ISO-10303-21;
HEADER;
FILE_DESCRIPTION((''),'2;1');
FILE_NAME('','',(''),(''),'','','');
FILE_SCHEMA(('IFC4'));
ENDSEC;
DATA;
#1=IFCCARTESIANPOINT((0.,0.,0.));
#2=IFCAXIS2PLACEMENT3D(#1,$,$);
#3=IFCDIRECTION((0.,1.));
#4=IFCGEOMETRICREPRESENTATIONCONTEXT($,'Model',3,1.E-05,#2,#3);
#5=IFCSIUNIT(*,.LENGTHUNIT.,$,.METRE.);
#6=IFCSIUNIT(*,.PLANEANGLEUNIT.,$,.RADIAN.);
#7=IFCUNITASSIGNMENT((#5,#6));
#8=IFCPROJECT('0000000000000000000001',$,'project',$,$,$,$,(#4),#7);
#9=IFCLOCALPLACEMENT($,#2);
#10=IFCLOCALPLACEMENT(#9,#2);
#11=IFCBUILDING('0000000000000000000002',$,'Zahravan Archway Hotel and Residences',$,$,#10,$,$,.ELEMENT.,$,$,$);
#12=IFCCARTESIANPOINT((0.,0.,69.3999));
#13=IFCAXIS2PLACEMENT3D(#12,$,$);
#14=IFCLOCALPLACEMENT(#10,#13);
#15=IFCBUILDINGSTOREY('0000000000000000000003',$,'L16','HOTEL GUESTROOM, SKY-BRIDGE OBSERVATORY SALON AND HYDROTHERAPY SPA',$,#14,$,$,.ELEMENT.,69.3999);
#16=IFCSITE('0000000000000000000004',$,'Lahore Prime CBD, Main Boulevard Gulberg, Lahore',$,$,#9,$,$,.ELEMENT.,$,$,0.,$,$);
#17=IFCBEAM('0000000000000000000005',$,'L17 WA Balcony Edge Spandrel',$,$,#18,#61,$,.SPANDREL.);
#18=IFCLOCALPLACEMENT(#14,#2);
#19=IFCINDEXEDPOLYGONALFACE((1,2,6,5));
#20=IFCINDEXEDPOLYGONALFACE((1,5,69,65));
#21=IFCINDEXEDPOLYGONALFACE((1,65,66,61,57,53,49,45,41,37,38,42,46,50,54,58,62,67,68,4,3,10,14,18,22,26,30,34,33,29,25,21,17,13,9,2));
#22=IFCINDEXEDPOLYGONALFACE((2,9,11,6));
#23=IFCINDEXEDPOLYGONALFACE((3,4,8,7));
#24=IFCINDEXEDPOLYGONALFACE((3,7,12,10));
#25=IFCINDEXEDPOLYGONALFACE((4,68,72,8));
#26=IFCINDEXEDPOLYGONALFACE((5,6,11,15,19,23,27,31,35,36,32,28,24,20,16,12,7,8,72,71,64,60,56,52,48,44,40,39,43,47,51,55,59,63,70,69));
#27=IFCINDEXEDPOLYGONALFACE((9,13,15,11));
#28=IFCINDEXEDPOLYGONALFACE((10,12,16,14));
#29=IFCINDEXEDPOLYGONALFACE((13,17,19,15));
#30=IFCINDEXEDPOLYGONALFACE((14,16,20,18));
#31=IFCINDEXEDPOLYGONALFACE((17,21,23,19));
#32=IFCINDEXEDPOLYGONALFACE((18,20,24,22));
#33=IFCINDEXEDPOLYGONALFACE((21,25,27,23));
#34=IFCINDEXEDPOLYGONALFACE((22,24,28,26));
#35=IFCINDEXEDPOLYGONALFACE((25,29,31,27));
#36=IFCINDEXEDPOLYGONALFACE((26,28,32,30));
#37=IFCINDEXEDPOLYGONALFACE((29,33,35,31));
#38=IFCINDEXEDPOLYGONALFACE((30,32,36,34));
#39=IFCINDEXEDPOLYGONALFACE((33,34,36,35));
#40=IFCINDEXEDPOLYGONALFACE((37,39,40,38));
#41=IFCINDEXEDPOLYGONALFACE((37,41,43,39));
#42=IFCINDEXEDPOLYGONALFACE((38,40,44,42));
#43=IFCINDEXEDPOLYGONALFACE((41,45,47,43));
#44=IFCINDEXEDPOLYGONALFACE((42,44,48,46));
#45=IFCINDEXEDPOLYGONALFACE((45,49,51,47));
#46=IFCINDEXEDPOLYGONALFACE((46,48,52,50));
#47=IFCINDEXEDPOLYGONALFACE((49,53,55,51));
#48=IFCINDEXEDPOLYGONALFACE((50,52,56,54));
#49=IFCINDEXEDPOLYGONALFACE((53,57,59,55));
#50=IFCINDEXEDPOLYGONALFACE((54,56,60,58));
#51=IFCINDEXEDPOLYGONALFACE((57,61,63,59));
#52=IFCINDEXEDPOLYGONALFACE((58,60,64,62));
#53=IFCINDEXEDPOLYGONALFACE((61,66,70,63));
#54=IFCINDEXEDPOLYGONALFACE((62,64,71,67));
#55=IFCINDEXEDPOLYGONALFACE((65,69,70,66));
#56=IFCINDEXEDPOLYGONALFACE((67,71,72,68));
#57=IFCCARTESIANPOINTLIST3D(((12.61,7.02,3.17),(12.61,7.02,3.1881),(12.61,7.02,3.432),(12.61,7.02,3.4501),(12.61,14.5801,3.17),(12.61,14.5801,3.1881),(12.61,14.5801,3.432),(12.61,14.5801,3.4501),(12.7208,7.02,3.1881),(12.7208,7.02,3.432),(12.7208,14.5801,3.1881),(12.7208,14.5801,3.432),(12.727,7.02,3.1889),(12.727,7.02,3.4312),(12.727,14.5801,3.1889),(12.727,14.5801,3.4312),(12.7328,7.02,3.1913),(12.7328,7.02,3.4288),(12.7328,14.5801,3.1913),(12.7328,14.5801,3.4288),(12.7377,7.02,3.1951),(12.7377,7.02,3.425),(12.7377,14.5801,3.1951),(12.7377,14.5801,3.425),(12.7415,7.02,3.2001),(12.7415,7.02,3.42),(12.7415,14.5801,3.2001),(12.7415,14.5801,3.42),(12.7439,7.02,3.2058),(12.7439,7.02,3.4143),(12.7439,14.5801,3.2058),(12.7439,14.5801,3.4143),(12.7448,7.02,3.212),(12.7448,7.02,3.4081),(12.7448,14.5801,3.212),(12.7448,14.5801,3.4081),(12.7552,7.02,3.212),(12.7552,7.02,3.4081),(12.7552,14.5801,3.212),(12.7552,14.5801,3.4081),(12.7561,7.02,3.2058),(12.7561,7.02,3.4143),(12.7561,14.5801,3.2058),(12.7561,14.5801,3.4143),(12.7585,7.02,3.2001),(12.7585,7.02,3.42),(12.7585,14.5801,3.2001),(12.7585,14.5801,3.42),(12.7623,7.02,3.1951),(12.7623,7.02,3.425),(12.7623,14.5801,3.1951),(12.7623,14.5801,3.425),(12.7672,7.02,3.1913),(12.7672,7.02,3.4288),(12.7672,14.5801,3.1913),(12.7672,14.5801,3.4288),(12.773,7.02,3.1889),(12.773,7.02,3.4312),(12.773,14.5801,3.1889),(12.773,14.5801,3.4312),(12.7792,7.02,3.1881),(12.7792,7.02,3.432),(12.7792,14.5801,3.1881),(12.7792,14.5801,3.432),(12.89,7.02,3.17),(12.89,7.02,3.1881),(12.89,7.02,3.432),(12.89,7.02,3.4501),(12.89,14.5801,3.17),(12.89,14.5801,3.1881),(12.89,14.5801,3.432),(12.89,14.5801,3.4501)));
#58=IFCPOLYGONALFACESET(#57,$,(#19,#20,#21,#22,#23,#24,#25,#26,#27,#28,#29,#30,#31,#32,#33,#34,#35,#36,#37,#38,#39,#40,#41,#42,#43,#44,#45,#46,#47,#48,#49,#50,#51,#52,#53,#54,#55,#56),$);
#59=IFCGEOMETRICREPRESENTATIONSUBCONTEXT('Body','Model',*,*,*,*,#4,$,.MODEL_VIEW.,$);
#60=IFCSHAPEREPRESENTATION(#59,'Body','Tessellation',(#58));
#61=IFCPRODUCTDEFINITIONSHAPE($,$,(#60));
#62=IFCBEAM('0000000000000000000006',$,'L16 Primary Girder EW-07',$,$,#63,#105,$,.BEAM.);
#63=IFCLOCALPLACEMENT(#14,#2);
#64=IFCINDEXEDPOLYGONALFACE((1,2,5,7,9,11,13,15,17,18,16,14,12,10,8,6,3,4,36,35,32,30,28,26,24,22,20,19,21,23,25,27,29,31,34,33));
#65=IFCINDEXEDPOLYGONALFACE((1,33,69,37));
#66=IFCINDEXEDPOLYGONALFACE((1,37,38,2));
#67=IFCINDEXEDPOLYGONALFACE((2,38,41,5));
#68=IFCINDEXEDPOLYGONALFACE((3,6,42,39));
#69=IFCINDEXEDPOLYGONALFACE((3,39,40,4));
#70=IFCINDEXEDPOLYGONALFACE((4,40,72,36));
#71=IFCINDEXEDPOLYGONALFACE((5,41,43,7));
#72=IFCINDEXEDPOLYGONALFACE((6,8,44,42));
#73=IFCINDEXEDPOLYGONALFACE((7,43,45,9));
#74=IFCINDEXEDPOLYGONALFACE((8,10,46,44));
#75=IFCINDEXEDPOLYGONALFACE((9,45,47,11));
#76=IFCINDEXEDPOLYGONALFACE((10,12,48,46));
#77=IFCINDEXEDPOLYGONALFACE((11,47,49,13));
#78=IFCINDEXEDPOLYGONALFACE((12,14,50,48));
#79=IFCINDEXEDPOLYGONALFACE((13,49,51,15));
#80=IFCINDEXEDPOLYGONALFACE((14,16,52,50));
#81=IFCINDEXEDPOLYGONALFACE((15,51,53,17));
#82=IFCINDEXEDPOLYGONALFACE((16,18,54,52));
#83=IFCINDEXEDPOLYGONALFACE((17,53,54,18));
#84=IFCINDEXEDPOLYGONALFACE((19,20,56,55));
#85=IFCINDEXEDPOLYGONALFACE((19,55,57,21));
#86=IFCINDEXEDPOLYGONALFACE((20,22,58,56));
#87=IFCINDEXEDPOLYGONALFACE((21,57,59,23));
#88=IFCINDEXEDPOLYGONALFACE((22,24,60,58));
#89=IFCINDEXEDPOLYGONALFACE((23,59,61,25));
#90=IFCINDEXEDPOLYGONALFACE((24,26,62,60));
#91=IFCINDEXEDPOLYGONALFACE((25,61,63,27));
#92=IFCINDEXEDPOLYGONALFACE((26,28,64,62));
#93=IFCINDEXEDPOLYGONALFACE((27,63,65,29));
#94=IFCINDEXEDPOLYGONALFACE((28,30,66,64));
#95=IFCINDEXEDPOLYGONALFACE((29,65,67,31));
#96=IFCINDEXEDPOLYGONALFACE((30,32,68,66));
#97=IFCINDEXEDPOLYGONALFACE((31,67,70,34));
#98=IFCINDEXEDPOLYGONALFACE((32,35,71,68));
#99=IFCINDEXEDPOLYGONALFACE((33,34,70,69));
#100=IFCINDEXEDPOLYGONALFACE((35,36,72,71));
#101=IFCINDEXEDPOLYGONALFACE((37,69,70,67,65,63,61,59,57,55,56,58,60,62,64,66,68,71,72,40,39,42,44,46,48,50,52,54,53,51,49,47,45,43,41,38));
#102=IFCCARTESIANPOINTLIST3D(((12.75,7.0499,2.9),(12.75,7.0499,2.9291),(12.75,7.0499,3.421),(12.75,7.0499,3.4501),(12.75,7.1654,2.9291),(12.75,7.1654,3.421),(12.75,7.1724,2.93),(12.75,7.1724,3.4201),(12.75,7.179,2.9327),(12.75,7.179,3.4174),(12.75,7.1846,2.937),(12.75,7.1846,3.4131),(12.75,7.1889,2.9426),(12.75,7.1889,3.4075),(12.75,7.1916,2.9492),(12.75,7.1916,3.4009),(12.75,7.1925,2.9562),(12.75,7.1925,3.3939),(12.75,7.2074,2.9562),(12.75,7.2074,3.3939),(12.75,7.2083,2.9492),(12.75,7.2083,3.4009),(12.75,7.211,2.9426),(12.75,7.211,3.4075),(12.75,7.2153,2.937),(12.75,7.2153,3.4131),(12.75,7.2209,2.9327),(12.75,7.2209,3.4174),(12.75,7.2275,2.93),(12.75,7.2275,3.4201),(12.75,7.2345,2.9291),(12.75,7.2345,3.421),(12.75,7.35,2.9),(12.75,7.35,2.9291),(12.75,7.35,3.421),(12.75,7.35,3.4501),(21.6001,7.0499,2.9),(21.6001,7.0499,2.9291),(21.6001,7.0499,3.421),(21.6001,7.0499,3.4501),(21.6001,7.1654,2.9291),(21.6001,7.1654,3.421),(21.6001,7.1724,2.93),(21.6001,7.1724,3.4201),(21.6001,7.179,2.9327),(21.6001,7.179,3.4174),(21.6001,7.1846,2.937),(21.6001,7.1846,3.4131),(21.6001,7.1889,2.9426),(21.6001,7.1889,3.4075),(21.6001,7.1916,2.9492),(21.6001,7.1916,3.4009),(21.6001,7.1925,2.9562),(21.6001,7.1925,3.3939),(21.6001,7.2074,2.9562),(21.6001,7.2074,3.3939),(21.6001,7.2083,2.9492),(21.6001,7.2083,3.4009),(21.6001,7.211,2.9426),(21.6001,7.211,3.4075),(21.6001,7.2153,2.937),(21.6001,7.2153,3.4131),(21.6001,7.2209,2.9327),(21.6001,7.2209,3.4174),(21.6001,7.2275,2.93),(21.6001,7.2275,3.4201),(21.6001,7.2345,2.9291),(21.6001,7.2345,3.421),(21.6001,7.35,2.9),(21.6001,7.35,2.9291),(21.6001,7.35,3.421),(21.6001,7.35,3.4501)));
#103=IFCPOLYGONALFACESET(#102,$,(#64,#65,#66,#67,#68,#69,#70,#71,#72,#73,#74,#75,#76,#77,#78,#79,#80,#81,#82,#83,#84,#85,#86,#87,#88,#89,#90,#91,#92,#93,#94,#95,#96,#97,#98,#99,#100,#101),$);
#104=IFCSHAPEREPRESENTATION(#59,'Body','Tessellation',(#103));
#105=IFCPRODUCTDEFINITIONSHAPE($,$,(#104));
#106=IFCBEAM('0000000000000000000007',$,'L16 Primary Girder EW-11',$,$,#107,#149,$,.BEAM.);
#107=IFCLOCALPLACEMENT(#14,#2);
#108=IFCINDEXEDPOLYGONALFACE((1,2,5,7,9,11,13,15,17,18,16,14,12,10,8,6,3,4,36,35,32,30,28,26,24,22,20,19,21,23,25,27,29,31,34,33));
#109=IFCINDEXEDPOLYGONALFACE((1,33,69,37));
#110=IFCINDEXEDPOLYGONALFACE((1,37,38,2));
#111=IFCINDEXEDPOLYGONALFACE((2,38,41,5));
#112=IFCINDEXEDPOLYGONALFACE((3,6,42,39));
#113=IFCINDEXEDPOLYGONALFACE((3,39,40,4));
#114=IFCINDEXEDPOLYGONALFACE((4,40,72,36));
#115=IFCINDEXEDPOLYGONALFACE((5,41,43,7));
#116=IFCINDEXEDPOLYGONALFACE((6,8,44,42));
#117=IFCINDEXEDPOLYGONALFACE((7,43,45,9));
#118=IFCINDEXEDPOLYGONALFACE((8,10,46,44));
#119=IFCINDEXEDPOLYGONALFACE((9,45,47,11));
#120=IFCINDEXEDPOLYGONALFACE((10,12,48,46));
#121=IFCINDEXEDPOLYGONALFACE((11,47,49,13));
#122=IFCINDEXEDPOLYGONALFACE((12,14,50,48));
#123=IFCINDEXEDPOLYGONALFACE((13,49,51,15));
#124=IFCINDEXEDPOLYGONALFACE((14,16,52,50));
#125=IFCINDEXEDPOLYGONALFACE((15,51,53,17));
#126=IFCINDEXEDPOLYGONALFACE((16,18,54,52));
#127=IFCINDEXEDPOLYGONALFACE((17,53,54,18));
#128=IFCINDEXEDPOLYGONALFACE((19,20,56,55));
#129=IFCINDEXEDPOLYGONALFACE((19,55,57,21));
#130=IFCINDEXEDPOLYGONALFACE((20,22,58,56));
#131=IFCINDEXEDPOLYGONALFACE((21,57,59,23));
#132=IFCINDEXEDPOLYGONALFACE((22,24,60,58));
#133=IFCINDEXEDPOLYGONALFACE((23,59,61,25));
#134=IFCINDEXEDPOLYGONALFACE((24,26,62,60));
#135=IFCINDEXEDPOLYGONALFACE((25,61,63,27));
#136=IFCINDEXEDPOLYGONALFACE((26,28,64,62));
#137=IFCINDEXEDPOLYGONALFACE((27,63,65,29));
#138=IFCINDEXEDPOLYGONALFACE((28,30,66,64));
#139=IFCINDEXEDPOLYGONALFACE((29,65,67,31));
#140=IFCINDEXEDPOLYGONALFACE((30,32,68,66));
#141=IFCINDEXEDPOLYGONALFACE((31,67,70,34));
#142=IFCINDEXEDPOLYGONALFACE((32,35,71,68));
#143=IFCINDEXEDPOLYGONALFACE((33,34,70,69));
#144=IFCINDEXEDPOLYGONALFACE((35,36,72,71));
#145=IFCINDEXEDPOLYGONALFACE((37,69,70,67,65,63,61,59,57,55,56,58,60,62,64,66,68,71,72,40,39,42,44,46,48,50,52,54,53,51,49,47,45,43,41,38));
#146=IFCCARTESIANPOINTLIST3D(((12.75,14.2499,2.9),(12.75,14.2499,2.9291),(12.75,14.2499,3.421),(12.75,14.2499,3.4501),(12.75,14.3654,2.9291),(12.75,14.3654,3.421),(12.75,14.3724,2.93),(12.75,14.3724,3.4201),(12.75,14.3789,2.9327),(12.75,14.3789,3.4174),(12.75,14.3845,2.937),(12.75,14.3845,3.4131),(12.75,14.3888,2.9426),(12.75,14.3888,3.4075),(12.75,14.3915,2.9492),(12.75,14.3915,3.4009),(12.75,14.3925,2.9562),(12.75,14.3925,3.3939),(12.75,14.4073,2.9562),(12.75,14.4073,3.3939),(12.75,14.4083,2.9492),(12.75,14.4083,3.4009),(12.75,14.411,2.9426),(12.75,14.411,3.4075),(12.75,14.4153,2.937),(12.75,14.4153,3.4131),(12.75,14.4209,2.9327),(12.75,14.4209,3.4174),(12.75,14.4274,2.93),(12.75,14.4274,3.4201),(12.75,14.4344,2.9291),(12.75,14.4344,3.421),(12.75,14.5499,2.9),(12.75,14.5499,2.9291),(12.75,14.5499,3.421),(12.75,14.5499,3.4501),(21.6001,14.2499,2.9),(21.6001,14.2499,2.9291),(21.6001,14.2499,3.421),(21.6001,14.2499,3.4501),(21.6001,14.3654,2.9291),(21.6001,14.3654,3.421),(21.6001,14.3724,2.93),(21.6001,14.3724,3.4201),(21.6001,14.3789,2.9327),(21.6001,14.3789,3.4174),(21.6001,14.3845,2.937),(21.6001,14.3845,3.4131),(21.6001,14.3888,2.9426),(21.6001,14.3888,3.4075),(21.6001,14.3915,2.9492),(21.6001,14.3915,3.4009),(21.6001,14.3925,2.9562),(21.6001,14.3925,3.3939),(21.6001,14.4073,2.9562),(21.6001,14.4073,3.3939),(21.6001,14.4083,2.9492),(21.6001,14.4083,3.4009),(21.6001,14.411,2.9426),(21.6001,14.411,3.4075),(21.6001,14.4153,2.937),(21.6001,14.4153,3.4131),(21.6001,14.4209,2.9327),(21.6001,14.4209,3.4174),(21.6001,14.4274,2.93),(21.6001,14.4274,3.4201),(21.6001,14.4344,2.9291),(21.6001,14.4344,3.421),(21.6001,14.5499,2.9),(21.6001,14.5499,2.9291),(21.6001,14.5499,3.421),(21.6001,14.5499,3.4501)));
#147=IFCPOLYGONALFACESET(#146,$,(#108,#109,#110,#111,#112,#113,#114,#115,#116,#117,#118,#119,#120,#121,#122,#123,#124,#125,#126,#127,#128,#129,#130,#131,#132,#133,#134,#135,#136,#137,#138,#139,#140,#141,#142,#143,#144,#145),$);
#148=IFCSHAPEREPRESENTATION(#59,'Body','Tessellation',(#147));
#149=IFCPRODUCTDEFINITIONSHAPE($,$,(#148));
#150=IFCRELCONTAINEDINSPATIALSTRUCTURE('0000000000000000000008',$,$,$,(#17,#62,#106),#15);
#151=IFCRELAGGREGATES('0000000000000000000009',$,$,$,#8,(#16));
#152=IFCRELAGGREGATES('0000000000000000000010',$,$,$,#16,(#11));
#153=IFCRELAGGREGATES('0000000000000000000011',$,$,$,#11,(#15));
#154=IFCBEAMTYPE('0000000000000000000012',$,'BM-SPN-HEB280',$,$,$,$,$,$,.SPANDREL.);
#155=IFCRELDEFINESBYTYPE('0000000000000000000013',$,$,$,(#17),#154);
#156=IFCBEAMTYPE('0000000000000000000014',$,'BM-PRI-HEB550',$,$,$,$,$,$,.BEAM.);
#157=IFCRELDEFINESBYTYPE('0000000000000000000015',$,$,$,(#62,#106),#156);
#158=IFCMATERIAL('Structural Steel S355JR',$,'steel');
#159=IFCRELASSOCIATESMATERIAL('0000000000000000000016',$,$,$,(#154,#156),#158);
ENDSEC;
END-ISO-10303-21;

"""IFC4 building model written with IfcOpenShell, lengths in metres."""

from ifc_helpers import new_model, si_unit, direction, frame, origin, origin_2d, place, context, subcontext, project, spatial, i_section, extrude, source, transform, mapped, material, material_profile, profile_set, type_object, type_shapes, element, save


model = new_model("IFC4")

# Units and contexts
model_context = context("Model", 3, precision=1e-05, world=origin(), true_north=direction((0.0, 1.0)))
body_context = subcontext(model_context, "Body", "Model", "MODEL_VIEW")
ifc_project = project(units=[si_unit("LENGTHUNIT", "METRE"), si_unit("PLANEANGLEUNIT", "RADIAN")], contexts=[model_context])

# Site, building, storey
site_placement = place(None, origin())
site = spatial("IfcSite", under=ifc_project, at=site_placement, Name="Lahore Prime CBD, Main Boulevard Gulberg, Lahore", CompositionType="ELEMENT", RefElevation=0.0)
building_placement = place(site_placement, origin())
building = spatial("IfcBuilding", under=site, at=building_placement, Name="Zahravan Archway Hotel and Residences", CompositionType="ELEMENT")
storey_placement = place(building_placement, frame((0.0, 0.0, 69.3999)))
storey = spatial("IfcBuildingStorey", under=building, at=storey_placement, Name="L16", Description="HOTEL GUESTROOM, SKY-BRIDGE OBSERVATORY SALON AND HYDROTHERAPY SPA", CompositionType="ELEMENT", Elevation=69.3999)

# Beams
ifc_material_1 = material(Name="Structural Steel S355JR", Category="steel")
ifc_material_profile_1 = material_profile(ifc_material_1, i_section(OverallWidth=0.28, OverallDepth=0.28, WebThickness=0.0105, FlangeThickness=0.0181, FilletRadius=0.0239, at=origin_2d()), Name="HEB 280", Category="steel")
ifc_profile_set_1 = profile_set([ifc_material_profile_1], Name="Structural Steel S355JR")
beam_type_1 = type_object("IfcBeamType", Name="BM-SPN-HEB280", PredefinedType="SPANDREL", material=ifc_profile_set_1)
shared_shape_1 = source(origin(), body_context, "Body", "SweptSolid", [
    extrude(i_section(OverallWidth=0.28, OverallDepth=0.28, WebThickness=0.0105, FlangeThickness=0.0181, FilletRadius=0.0239, at=origin_2d()), origin(), (0.0, 0.0, 1.0), 7.5601),
])
type_shapes(beam_type_1, [shared_shape_1])
beam_placement = place(storey_placement, frame((12.75, 7.02, 3.3101), z_axis=(0.0, 1.0, 0.0), x_axis=(-1.0, 0.0, 0.0)))
element("IfcBeam", 1, at=beam_placement, inside=storey, type_object=beam_type_1, Name="L17 WA Balcony Edge Spandrel", PredefinedType="SPANDREL", context=body_context, shape_type="MappedRepresentation", body=[
    mapped(shared_shape_1, transform((0.0, 0.0, 0.0), scale=1.0)),
])
ifc_material_profile_2 = material_profile(ifc_material_1, i_section(OverallWidth=0.3, OverallDepth=0.55, WebThickness=0.0149, FlangeThickness=0.0291, FilletRadius=0.0271, at=origin_2d()), Name="HEB 550", Category="steel")
ifc_profile_set_2 = profile_set([ifc_material_profile_2], Name="Structural Steel S355JR")
beam_type_2 = type_object("IfcBeamType", Name="BM-PRI-HEB550", PredefinedType="BEAM", material=ifc_profile_set_2)
shared_shape_2 = source(origin(), body_context, "Body", "SweptSolid", [
    extrude(i_section(OverallWidth=0.3, OverallDepth=0.55, WebThickness=0.0149, FlangeThickness=0.0291, FilletRadius=0.0271, at=origin_2d()), origin(), (0.0, 0.0, 1.0), 8.8501),
])
for number, where, z_axis, x_axis, name in (
    (2, (12.75, 7.2, 3.175), (1.0, 0.0, 0.0), (0.0, 1.0, 0.0), "L16 Primary Girder EW-07"),
    (3, (12.75, 14.3999, 3.175), (1.0, 0.0, 0.0), (0.0, 1.0, 0.0), "L16 Primary Girder EW-11"),
):
    element("IfcBeam", number, at=place(storey_placement, frame(where, z_axis=z_axis, x_axis=x_axis)), inside=storey, type_object=beam_type_2, Name=name, PredefinedType="BEAM", context=body_context, shape_type="MappedRepresentation", body=[
        mapped(shared_shape_2, transform((0.0, 0.0, 0.0), scale=1.0)),
    ])

save(model, "model.ifc")
